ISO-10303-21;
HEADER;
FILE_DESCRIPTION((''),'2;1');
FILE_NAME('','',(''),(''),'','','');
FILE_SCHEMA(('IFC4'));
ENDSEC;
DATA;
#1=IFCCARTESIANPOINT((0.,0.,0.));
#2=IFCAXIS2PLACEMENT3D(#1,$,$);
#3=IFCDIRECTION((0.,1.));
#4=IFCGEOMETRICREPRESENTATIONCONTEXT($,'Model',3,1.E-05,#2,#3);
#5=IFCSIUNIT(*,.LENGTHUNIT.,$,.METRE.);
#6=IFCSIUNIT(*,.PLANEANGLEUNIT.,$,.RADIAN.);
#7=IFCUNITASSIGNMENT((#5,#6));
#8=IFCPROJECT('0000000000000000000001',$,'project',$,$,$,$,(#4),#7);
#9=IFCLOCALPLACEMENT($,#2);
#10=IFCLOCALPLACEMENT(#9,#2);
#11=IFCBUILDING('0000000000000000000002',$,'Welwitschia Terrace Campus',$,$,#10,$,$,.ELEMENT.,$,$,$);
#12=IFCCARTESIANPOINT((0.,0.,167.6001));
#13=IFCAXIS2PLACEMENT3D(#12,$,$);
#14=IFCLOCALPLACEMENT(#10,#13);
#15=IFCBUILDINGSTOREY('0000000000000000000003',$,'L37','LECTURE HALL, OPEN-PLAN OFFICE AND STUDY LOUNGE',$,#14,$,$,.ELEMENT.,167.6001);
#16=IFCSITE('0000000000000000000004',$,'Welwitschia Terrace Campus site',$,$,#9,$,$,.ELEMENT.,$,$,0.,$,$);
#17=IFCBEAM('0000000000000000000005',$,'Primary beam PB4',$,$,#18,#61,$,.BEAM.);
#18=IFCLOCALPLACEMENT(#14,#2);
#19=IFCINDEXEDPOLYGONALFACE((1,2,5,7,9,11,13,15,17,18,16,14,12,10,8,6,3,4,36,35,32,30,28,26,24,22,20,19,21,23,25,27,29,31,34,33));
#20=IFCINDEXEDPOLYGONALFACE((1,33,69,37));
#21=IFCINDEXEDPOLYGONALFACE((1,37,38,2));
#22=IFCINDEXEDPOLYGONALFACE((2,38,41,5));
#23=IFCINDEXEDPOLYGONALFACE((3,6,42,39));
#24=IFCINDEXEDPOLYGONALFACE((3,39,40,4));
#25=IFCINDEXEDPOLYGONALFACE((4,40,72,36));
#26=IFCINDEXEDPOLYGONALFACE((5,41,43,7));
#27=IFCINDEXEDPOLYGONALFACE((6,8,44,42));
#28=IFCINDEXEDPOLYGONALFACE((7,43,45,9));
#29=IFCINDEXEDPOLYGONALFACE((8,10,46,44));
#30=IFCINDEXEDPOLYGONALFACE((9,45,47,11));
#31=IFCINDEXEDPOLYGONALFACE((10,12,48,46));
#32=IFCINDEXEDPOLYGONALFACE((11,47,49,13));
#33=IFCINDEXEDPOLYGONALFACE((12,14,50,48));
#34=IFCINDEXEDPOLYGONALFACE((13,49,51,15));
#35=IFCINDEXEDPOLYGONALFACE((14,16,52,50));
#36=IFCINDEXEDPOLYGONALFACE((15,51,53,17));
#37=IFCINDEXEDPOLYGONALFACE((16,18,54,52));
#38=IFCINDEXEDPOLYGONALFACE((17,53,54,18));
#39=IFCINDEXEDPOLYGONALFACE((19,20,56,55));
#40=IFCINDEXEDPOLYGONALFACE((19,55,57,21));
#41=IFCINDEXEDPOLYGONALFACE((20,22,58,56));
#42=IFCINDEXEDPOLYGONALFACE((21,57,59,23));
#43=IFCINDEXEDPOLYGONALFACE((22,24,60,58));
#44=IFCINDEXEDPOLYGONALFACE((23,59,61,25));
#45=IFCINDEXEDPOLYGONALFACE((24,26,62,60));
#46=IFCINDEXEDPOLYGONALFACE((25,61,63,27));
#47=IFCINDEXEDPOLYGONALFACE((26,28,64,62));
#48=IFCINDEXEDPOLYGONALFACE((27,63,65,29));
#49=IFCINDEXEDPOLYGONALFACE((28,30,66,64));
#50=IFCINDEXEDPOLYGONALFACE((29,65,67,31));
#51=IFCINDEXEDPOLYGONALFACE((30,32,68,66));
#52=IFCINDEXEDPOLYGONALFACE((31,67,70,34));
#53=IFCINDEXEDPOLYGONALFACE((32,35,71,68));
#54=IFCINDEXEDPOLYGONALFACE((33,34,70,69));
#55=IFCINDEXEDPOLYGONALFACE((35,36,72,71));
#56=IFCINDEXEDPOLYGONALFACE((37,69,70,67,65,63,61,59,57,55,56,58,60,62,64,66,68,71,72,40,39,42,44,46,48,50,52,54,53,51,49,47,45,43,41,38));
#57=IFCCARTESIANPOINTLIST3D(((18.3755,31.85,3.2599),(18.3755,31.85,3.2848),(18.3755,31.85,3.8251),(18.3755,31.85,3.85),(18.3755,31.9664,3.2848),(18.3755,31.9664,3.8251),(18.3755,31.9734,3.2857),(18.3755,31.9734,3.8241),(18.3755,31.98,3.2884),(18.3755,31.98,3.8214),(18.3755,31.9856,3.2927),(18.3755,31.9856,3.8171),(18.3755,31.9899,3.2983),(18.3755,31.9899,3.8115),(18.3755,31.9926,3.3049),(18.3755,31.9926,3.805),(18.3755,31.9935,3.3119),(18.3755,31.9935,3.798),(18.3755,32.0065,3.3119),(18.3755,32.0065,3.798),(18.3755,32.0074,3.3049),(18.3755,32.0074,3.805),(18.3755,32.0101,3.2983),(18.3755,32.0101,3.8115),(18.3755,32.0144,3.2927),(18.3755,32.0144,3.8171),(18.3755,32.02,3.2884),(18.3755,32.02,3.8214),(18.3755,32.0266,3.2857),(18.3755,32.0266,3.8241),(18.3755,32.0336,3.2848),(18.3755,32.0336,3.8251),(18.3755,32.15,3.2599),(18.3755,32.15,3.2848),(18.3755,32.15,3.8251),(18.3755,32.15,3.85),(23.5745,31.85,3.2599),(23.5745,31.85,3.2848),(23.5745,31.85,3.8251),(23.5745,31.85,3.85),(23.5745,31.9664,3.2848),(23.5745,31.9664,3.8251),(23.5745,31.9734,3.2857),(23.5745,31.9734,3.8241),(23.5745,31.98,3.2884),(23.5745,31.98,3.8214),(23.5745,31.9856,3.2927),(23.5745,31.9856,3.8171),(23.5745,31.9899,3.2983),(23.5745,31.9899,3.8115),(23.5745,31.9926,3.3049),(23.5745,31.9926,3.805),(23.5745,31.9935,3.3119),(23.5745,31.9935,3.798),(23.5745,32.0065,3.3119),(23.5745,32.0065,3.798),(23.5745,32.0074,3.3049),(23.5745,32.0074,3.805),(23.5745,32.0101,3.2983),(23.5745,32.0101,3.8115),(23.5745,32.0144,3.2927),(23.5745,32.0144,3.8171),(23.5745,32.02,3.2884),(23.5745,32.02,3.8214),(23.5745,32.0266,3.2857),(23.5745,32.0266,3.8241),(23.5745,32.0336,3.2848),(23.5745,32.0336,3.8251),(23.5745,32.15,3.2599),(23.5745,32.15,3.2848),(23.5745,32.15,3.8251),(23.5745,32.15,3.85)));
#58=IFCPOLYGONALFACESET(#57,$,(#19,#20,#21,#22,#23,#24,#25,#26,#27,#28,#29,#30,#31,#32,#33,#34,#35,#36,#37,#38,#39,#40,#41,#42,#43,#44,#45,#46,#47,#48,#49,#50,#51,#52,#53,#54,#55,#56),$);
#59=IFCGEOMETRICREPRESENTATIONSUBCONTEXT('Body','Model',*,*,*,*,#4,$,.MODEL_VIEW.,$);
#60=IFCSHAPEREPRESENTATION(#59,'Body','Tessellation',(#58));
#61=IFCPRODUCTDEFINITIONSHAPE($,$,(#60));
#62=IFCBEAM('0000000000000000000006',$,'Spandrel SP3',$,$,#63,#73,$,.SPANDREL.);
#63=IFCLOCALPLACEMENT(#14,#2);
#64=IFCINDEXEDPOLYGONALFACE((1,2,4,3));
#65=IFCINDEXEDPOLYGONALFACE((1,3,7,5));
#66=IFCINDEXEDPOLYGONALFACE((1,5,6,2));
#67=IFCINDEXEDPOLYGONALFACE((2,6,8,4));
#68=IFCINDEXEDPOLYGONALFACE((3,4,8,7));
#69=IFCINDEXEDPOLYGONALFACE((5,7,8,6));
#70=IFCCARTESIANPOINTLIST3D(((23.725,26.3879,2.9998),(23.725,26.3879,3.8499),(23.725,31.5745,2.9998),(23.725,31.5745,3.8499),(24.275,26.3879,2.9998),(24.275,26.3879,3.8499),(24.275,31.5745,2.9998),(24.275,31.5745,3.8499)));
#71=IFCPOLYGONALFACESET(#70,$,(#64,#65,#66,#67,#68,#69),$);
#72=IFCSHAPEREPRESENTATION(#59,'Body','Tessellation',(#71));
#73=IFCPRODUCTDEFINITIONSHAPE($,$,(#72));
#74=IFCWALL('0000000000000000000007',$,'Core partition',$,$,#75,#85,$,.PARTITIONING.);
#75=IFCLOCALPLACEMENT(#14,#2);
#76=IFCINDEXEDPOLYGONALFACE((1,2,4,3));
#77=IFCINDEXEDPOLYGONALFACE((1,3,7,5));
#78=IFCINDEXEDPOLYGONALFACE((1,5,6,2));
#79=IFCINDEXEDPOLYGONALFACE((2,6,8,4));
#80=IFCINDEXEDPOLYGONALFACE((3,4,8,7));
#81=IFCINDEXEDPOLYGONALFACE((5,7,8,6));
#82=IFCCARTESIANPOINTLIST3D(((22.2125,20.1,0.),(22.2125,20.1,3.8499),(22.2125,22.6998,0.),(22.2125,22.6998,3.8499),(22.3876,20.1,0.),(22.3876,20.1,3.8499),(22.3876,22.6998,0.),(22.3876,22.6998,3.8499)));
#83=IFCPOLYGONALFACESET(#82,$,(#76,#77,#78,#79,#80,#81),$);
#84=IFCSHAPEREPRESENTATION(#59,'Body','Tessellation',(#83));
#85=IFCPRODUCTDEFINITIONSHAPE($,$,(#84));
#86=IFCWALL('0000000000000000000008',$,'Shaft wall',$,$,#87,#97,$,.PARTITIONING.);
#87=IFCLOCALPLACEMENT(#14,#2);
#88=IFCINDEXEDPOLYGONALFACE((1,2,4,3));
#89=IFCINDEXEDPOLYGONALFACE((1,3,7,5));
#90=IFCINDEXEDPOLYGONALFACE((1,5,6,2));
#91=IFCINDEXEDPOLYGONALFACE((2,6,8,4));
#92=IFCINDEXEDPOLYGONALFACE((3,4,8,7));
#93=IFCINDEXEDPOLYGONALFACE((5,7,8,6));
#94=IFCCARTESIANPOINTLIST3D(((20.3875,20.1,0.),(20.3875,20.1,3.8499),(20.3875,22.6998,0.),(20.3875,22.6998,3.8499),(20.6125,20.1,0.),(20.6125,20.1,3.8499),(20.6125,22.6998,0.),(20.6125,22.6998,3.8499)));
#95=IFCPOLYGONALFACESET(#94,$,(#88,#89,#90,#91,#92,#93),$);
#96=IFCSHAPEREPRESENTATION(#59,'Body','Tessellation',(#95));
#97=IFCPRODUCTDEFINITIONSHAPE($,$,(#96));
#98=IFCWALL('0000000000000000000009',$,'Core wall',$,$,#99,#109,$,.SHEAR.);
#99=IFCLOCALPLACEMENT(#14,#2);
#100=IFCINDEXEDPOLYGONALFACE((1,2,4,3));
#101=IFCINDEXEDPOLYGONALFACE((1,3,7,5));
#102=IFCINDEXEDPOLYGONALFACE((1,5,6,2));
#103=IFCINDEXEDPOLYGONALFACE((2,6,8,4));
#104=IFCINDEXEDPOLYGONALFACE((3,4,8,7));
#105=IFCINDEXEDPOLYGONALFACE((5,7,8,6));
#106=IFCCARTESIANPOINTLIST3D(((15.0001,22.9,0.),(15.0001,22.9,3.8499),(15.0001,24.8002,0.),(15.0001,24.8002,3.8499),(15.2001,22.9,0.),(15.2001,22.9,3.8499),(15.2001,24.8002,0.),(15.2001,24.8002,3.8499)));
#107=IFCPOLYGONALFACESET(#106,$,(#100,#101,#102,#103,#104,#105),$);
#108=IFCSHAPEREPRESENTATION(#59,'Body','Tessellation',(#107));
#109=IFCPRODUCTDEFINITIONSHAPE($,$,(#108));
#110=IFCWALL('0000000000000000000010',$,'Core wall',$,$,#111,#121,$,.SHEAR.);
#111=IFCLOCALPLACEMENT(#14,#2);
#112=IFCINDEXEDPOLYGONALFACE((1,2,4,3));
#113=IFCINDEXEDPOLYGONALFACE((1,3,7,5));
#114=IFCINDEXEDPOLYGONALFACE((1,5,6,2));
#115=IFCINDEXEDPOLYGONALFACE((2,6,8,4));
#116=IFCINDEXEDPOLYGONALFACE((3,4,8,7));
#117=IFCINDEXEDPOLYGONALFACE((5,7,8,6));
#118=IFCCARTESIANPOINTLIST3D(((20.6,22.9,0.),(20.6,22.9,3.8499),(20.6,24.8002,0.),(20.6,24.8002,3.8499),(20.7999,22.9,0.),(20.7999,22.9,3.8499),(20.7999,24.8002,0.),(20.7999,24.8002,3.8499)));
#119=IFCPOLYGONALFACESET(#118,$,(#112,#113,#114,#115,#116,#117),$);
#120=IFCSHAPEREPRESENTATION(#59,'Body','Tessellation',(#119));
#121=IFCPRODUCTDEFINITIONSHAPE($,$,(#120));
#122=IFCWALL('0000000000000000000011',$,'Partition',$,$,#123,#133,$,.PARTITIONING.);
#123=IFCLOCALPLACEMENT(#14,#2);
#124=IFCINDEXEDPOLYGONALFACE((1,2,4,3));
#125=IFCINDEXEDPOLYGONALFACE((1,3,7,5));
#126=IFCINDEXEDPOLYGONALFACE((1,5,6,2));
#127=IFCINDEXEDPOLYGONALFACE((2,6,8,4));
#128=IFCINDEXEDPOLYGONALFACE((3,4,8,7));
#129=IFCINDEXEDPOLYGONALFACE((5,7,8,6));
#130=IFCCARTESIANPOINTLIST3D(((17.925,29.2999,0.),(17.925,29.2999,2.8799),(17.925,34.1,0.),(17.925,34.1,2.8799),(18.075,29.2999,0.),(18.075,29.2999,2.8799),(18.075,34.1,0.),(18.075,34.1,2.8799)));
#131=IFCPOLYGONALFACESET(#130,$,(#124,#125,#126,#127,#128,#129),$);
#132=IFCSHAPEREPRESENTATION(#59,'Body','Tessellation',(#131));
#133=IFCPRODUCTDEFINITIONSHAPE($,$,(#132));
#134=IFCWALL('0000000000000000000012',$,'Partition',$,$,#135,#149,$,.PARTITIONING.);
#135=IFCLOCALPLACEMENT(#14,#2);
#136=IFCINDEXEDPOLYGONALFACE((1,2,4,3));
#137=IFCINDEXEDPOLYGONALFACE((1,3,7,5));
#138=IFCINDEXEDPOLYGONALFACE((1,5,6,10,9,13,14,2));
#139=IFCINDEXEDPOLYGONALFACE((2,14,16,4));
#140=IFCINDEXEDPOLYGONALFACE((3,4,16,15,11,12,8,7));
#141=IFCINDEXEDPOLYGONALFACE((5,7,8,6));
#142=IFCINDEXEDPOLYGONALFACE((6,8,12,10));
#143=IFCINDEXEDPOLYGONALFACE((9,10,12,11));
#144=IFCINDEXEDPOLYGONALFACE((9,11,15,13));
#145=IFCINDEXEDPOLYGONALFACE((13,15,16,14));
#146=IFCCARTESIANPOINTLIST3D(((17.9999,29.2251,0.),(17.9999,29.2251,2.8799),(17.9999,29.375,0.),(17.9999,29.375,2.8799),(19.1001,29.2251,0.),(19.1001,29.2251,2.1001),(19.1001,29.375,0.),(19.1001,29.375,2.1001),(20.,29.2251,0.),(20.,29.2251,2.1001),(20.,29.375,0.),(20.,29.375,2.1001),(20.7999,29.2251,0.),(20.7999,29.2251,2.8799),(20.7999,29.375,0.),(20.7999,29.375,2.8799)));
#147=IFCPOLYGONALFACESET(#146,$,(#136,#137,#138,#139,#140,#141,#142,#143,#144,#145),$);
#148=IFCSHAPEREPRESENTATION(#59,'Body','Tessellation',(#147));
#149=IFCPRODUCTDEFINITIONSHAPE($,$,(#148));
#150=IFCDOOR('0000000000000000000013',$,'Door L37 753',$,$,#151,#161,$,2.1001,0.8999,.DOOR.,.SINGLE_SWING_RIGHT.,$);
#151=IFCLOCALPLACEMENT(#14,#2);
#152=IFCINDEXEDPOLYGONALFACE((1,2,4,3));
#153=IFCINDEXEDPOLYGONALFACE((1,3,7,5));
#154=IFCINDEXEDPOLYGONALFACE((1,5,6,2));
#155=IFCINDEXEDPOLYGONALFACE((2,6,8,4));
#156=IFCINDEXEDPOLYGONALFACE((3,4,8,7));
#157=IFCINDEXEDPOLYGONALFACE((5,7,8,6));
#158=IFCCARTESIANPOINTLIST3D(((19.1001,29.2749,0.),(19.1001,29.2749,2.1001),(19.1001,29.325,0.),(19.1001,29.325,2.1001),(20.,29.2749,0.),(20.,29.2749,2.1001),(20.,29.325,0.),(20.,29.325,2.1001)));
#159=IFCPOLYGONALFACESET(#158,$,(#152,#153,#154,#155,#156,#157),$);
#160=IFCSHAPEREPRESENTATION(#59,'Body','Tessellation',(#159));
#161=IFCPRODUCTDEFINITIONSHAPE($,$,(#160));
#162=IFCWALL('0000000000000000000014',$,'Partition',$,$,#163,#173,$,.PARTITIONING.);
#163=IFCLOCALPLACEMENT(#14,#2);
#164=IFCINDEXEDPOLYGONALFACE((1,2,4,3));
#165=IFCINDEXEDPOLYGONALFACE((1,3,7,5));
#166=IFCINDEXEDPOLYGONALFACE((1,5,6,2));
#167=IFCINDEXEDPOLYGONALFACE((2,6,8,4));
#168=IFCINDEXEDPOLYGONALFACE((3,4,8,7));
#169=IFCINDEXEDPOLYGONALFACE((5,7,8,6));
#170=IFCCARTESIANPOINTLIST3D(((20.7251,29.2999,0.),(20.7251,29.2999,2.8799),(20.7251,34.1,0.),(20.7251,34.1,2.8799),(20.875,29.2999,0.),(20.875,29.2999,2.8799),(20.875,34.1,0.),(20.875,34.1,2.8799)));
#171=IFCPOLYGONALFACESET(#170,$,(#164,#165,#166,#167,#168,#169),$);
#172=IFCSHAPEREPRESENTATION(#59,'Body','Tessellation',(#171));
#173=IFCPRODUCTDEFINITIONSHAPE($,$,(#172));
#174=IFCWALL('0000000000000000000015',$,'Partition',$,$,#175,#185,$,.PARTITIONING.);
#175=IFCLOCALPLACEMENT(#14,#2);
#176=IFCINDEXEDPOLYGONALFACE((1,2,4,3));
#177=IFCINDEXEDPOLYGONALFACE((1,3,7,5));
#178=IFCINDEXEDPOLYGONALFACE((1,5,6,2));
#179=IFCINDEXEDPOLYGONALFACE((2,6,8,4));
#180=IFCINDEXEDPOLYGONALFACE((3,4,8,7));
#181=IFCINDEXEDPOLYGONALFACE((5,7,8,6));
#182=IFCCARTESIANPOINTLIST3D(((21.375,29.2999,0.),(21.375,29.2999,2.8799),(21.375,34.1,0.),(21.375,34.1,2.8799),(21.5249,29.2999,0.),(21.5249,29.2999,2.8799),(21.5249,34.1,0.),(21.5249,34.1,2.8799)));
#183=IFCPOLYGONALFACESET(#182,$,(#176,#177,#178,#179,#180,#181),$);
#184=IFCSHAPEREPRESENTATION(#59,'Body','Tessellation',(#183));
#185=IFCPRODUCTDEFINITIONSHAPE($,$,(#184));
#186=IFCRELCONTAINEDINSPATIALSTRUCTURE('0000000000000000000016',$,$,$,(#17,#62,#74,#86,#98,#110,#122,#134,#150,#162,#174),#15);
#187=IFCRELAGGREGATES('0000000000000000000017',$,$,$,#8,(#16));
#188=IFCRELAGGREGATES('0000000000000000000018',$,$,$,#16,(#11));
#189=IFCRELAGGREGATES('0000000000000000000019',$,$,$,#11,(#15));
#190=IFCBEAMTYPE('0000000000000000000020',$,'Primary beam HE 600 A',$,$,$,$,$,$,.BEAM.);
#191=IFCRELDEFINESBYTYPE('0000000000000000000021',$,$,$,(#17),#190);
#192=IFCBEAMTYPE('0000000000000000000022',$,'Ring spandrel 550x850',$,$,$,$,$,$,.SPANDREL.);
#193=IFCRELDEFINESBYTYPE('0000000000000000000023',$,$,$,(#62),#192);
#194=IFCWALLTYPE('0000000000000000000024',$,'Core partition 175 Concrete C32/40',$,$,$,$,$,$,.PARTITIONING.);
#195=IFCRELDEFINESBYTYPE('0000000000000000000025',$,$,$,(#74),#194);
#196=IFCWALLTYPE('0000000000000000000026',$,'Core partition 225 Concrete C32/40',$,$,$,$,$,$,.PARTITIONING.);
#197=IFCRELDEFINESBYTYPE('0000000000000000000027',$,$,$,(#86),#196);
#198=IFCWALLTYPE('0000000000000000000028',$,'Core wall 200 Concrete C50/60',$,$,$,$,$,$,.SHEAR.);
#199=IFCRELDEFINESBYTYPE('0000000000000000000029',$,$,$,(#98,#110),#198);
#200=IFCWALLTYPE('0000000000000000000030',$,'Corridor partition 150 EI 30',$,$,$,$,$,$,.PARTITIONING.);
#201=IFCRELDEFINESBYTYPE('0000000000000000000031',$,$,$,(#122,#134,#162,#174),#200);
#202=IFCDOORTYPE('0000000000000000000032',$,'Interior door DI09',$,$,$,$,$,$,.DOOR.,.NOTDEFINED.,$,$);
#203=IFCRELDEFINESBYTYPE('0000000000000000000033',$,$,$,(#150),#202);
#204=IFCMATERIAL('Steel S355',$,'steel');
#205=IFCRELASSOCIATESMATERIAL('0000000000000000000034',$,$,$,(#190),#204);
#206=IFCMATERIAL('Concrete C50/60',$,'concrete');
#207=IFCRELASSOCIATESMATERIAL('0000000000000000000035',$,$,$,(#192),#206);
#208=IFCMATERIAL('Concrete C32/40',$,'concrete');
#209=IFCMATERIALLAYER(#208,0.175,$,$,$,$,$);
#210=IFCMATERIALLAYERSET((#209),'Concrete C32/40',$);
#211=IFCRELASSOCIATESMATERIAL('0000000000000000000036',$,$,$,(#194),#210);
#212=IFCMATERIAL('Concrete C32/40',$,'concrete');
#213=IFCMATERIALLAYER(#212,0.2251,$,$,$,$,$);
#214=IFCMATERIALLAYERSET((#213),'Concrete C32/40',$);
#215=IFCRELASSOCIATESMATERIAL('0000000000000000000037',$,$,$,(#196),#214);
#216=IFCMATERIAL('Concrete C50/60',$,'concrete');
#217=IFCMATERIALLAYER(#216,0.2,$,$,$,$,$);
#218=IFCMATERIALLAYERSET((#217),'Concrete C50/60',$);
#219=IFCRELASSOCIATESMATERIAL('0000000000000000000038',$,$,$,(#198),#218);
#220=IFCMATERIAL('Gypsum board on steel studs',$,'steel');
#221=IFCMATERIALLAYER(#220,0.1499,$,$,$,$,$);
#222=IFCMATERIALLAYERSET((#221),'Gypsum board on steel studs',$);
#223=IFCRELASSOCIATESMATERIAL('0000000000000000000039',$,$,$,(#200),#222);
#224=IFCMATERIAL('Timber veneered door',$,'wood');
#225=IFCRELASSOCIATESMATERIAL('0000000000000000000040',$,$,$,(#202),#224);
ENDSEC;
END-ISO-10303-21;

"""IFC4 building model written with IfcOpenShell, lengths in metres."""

from ifc_helpers import new_model, si_unit, direction, frame, frame_2d, origin, origin_2d, place, context, subcontext, project, spatial, rectangle, i_section, extrude, material, layer, layer_set, material_profile, profile_set, type_object, element, fill, save


model = new_model("IFC4")

# Units and contexts
model_context = context("Model", 3, precision=1e-05, world=origin(), true_north=direction((0.0, 1.0)))
body_context = subcontext(model_context, "Body", "Model", "MODEL_VIEW")
ifc_project = project(units=[si_unit("LENGTHUNIT", "METRE"), si_unit("PLANEANGLEUNIT", "RADIAN")], contexts=[model_context])

# Site, building, storey
site_placement = place(None, origin())
site = spatial("IfcSite", under=ifc_project, at=site_placement, Name="Welwitschia Terrace Campus site", CompositionType="ELEMENT", RefElevation=0.0)
building_placement = place(site_placement, origin())
building = spatial("IfcBuilding", under=site, at=building_placement, Name="Welwitschia Terrace Campus", CompositionType="ELEMENT")
storey_placement = place(building_placement, frame((0.0, 0.0, 167.6001)))
storey = spatial("IfcBuildingStorey", under=building, at=storey_placement, Name="L37", Description="LECTURE HALL, OPEN-PLAN OFFICE AND STUDY LOUNGE", CompositionType="ELEMENT", Elevation=167.6001)

# Beams
ifc_material_1 = material(Name="Steel S355", Category="steel")
ifc_material_profile_1 = material_profile(ifc_material_1, i_section(OverallWidth=0.3, OverallDepth=0.5901, WebThickness=0.0129, FlangeThickness=0.0249, FilletRadius=0.0271, at=origin_2d()))
ifc_profile_set_1 = profile_set([ifc_material_profile_1], Name="Steel S355")
beam_type_1 = type_object("IfcBeamType", Name="Primary beam HE 600 A", PredefinedType="BEAM", material=ifc_profile_set_1)
beam_1_placement = place(storey_placement, frame((23.5745, 32.0, 3.5549), z_axis=(-1.0, 0.0, 0.0), x_axis=(0.0, -1.0, 0.0)))
element("IfcBeam", 1, at=beam_1_placement, inside=storey, type_object=beam_type_1, Name="Primary beam PB4", PredefinedType="BEAM", context=body_context, shape_type="SweptSolid", body=[
    extrude(i_section(OverallWidth=0.3, OverallDepth=0.5901, WebThickness=0.0129, FlangeThickness=0.0249, FilletRadius=0.0271, at=origin_2d()), origin(), (0.0, 0.0, 1.0), 5.199),
])
ifc_material_2 = material(Name="Concrete C50/60", Category="concrete")
ifc_material_profile_2 = material_profile(ifc_material_2, rectangle(XDim=0.55, YDim=0.8501, at=origin_2d()))
ifc_profile_set_2 = profile_set([ifc_material_profile_2], Name="Concrete C50/60")
beam_type_2 = type_object("IfcBeamType", Name="Ring spandrel 550x850", PredefinedType="SPANDREL", material=ifc_profile_set_2)
beam_2_placement = place(storey_placement, frame((24.0, 26.3879, 3.4248), z_axis=(0.0, 1.0, 0.0), x_axis=(-1.0, 0.0, 0.0)))
element("IfcBeam", 2, at=beam_2_placement, inside=storey, type_object=beam_type_2, Name="Spandrel SP3", PredefinedType="SPANDREL", context=body_context, shape_type="SweptSolid", body=[
    extrude(rectangle(XDim=0.55, YDim=0.8501, at=origin_2d()), origin(), (0.0, 0.0, 1.0), 5.1865),
])

# Walls
ifc_material_3 = material(Name="Concrete C32/40", Category="concrete")
ifc_layer_1 = layer(ifc_material_3, 0.175)
ifc_layer_set_1 = layer_set([ifc_layer_1], Name="Concrete C32/40")
wall_type_1 = type_object("IfcWallType", Name="Core partition 175 Concrete C32/40", PredefinedType="PARTITIONING", material=ifc_layer_set_1)
wall_1_placement = place(storey_placement, frame((22.3, 20.1001, 0.0), z_axis=(0.0, 0.0, 1.0), x_axis=(0.0, 1.0, 0.0)))
element("IfcWall", 3, at=wall_1_placement, inside=storey, type_object=wall_type_1, Name="Core partition", PredefinedType="PARTITIONING", context=body_context, shape_type="SweptSolid", body=[
    extrude(rectangle(XDim=2.5999, YDim=0.175, at=frame_2d((1.2998, 0.0))), origin(), (0.0, 0.0, 1.0), 3.8499),
])
ifc_material_4 = material(Name="Concrete C32/40", Category="concrete")
ifc_layer_2 = layer(ifc_material_4, 0.2251)
ifc_layer_set_2 = layer_set([ifc_layer_2], Name="Concrete C32/40")
wall_type_2 = type_object("IfcWallType", Name="Core partition 225 Concrete C32/40", PredefinedType="PARTITIONING", material=ifc_layer_set_2)
wall_2_placement = place(storey_placement, frame((20.5, 20.1001, 0.0), z_axis=(0.0, 0.0, 1.0), x_axis=(0.0, 1.0, 0.0)))
element("IfcWall", 4, at=wall_2_placement, inside=storey, type_object=wall_type_2, Name="Shaft wall", PredefinedType="PARTITIONING", context=body_context, shape_type="SweptSolid", body=[
    extrude(rectangle(XDim=2.5999, YDim=0.2251, at=frame_2d((1.2998, 0.0))), origin(), (0.0, 0.0, 1.0), 3.8499),
])
ifc_material_5 = material(Name="Concrete C50/60", Category="concrete")
ifc_layer_3 = layer(ifc_material_5, 0.2)
ifc_layer_set_3 = layer_set([ifc_layer_3], Name="Concrete C50/60")
wall_type_3 = type_object("IfcWallType", Name="Core wall 200 Concrete C50/60", PredefinedType="SHEAR", material=ifc_layer_set_3)
for number, where, z_axis, x_axis, name in (
    (5, (15.1001, 22.8999, 0.0), (0.0, 0.0, 1.0), (0.0, 1.0, 0.0), "Core wall"),
    (6, (20.7, 22.8999, 0.0), (0.0, 0.0, 1.0), (0.0, 1.0, 0.0), "Core wall"),
):
    element("IfcWall", number, at=place(storey_placement, frame(where, z_axis=z_axis, x_axis=x_axis)), inside=storey, type_object=wall_type_3, Name=name, PredefinedType="SHEAR", context=body_context, shape_type="SweptSolid", body=[
        extrude(rectangle(XDim=1.9001, YDim=0.2, at=frame_2d((0.9502, 0.0))), origin(), (0.0, 0.0, 1.0), 3.8499),
    ])
ifc_material_6 = material(Name="Gypsum board on steel studs", Category="steel")
ifc_layer_4 = layer(ifc_material_6, 0.1499)
ifc_layer_set_4 = layer_set([ifc_layer_4], Name="Gypsum board on steel studs")
wall_type_4 = type_object("IfcWallType", Name="Corridor partition 150 EI 30", PredefinedType="PARTITIONING", material=ifc_layer_set_4)
wall_3_placement = place(storey_placement, frame((18.0, 29.3, 0.0), z_axis=(0.0, 0.0, 1.0), x_axis=(0.0, 1.0, 0.0)))
element("IfcWall", 7, at=wall_3_placement, inside=storey, type_object=wall_type_4, Name="Partition", PredefinedType="PARTITIONING", context=body_context, shape_type="SweptSolid", body=[
    extrude(rectangle(XDim=4.8, YDim=0.1499, at=frame_2d((2.3999, 0.0))), origin(), (0.0, 0.0, 1.0), 2.8799),
])

# Wall, opening, door
wall_4_placement = place(storey_placement, frame((18.0, 29.3, 0.0), z_axis=(0.0, 0.0, 1.0), x_axis=(1.0, 0.0, 0.0)))
wall_4 = element("IfcWall", 8, at=wall_4_placement, inside=storey, type_object=wall_type_4, Name="Partition", PredefinedType="PARTITIONING", context=body_context, shape_type="SweptSolid", body=[
    extrude(rectangle(XDim=2.8, YDim=0.1499, at=frame_2d((1.3999, 0.0))), origin(), (0.0, 0.0, 1.0), 2.8799),
])
opening_1_placement = place(wall_4_placement, frame((1.1001, 0.0, 0.0)))
opening_1 = element("IfcOpeningElement", 9, at=opening_1_placement, cuts=wall_4, PredefinedType="OPENING", context=body_context, shape_type="SweptSolid", body=[
    extrude(rectangle(XDim=0.8999, YDim=2.1001, at=frame_2d((0.45, 1.05))), frame((0.0, 0.085, 0.0), z_axis=(0.0, -1.0, 0.0), x_axis=(1.0, 0.0, 0.0)), (0.0, 0.0, 1.0), 0.1699),
])
ifc_material_7 = material(Name="Timber veneered door", Category="wood")
door_type_1 = type_object("IfcDoorType", Name="Interior door DI09", OperationType="NOTDEFINED", PredefinedType="DOOR", material=ifc_material_7)
door_1_placement = place(opening_1_placement, origin())
door_1 = element("IfcDoor", 10, at=door_1_placement, inside=storey, type_object=door_type_1, Name="Door L37 753", OperationType="SINGLE_SWING_RIGHT", OverallHeight=2.1001, OverallWidth=0.8999, PredefinedType="DOOR", context=body_context, shape_type="SweptSolid", body=[
    extrude(rectangle(XDim=0.8999, YDim=2.1001, at=frame_2d((0.45, 1.05))), frame((0.0, 0.0249, 0.0), z_axis=(0.0, -1.0, 0.0), x_axis=(1.0, 0.0, 0.0)), (0.0, 0.0, 1.0), 0.05),
])
fill(opening_1, door_1)

# Walls
for number, where, z_axis, x_axis, name in (
    (11, (20.8, 29.3, 0.0), (0.0, 0.0, 1.0), (0.0, 1.0, 0.0), "Partition"),
    (12, (21.45, 29.3, 0.0), (0.0, 0.0, 1.0), (0.0, 1.0, 0.0), "Partition"),
):
    element("IfcWall", number, at=place(storey_placement, frame(where, z_axis=z_axis, x_axis=x_axis)), inside=storey, type_object=wall_type_4, Name=name, PredefinedType="PARTITIONING", context=body_context, shape_type="SweptSolid", body=[
        extrude(rectangle(XDim=4.8, YDim=0.1499, at=frame_2d((2.3999, 0.0))), origin(), (0.0, 0.0, 1.0), 2.8799),
    ])

save(model, "model.ifc")
